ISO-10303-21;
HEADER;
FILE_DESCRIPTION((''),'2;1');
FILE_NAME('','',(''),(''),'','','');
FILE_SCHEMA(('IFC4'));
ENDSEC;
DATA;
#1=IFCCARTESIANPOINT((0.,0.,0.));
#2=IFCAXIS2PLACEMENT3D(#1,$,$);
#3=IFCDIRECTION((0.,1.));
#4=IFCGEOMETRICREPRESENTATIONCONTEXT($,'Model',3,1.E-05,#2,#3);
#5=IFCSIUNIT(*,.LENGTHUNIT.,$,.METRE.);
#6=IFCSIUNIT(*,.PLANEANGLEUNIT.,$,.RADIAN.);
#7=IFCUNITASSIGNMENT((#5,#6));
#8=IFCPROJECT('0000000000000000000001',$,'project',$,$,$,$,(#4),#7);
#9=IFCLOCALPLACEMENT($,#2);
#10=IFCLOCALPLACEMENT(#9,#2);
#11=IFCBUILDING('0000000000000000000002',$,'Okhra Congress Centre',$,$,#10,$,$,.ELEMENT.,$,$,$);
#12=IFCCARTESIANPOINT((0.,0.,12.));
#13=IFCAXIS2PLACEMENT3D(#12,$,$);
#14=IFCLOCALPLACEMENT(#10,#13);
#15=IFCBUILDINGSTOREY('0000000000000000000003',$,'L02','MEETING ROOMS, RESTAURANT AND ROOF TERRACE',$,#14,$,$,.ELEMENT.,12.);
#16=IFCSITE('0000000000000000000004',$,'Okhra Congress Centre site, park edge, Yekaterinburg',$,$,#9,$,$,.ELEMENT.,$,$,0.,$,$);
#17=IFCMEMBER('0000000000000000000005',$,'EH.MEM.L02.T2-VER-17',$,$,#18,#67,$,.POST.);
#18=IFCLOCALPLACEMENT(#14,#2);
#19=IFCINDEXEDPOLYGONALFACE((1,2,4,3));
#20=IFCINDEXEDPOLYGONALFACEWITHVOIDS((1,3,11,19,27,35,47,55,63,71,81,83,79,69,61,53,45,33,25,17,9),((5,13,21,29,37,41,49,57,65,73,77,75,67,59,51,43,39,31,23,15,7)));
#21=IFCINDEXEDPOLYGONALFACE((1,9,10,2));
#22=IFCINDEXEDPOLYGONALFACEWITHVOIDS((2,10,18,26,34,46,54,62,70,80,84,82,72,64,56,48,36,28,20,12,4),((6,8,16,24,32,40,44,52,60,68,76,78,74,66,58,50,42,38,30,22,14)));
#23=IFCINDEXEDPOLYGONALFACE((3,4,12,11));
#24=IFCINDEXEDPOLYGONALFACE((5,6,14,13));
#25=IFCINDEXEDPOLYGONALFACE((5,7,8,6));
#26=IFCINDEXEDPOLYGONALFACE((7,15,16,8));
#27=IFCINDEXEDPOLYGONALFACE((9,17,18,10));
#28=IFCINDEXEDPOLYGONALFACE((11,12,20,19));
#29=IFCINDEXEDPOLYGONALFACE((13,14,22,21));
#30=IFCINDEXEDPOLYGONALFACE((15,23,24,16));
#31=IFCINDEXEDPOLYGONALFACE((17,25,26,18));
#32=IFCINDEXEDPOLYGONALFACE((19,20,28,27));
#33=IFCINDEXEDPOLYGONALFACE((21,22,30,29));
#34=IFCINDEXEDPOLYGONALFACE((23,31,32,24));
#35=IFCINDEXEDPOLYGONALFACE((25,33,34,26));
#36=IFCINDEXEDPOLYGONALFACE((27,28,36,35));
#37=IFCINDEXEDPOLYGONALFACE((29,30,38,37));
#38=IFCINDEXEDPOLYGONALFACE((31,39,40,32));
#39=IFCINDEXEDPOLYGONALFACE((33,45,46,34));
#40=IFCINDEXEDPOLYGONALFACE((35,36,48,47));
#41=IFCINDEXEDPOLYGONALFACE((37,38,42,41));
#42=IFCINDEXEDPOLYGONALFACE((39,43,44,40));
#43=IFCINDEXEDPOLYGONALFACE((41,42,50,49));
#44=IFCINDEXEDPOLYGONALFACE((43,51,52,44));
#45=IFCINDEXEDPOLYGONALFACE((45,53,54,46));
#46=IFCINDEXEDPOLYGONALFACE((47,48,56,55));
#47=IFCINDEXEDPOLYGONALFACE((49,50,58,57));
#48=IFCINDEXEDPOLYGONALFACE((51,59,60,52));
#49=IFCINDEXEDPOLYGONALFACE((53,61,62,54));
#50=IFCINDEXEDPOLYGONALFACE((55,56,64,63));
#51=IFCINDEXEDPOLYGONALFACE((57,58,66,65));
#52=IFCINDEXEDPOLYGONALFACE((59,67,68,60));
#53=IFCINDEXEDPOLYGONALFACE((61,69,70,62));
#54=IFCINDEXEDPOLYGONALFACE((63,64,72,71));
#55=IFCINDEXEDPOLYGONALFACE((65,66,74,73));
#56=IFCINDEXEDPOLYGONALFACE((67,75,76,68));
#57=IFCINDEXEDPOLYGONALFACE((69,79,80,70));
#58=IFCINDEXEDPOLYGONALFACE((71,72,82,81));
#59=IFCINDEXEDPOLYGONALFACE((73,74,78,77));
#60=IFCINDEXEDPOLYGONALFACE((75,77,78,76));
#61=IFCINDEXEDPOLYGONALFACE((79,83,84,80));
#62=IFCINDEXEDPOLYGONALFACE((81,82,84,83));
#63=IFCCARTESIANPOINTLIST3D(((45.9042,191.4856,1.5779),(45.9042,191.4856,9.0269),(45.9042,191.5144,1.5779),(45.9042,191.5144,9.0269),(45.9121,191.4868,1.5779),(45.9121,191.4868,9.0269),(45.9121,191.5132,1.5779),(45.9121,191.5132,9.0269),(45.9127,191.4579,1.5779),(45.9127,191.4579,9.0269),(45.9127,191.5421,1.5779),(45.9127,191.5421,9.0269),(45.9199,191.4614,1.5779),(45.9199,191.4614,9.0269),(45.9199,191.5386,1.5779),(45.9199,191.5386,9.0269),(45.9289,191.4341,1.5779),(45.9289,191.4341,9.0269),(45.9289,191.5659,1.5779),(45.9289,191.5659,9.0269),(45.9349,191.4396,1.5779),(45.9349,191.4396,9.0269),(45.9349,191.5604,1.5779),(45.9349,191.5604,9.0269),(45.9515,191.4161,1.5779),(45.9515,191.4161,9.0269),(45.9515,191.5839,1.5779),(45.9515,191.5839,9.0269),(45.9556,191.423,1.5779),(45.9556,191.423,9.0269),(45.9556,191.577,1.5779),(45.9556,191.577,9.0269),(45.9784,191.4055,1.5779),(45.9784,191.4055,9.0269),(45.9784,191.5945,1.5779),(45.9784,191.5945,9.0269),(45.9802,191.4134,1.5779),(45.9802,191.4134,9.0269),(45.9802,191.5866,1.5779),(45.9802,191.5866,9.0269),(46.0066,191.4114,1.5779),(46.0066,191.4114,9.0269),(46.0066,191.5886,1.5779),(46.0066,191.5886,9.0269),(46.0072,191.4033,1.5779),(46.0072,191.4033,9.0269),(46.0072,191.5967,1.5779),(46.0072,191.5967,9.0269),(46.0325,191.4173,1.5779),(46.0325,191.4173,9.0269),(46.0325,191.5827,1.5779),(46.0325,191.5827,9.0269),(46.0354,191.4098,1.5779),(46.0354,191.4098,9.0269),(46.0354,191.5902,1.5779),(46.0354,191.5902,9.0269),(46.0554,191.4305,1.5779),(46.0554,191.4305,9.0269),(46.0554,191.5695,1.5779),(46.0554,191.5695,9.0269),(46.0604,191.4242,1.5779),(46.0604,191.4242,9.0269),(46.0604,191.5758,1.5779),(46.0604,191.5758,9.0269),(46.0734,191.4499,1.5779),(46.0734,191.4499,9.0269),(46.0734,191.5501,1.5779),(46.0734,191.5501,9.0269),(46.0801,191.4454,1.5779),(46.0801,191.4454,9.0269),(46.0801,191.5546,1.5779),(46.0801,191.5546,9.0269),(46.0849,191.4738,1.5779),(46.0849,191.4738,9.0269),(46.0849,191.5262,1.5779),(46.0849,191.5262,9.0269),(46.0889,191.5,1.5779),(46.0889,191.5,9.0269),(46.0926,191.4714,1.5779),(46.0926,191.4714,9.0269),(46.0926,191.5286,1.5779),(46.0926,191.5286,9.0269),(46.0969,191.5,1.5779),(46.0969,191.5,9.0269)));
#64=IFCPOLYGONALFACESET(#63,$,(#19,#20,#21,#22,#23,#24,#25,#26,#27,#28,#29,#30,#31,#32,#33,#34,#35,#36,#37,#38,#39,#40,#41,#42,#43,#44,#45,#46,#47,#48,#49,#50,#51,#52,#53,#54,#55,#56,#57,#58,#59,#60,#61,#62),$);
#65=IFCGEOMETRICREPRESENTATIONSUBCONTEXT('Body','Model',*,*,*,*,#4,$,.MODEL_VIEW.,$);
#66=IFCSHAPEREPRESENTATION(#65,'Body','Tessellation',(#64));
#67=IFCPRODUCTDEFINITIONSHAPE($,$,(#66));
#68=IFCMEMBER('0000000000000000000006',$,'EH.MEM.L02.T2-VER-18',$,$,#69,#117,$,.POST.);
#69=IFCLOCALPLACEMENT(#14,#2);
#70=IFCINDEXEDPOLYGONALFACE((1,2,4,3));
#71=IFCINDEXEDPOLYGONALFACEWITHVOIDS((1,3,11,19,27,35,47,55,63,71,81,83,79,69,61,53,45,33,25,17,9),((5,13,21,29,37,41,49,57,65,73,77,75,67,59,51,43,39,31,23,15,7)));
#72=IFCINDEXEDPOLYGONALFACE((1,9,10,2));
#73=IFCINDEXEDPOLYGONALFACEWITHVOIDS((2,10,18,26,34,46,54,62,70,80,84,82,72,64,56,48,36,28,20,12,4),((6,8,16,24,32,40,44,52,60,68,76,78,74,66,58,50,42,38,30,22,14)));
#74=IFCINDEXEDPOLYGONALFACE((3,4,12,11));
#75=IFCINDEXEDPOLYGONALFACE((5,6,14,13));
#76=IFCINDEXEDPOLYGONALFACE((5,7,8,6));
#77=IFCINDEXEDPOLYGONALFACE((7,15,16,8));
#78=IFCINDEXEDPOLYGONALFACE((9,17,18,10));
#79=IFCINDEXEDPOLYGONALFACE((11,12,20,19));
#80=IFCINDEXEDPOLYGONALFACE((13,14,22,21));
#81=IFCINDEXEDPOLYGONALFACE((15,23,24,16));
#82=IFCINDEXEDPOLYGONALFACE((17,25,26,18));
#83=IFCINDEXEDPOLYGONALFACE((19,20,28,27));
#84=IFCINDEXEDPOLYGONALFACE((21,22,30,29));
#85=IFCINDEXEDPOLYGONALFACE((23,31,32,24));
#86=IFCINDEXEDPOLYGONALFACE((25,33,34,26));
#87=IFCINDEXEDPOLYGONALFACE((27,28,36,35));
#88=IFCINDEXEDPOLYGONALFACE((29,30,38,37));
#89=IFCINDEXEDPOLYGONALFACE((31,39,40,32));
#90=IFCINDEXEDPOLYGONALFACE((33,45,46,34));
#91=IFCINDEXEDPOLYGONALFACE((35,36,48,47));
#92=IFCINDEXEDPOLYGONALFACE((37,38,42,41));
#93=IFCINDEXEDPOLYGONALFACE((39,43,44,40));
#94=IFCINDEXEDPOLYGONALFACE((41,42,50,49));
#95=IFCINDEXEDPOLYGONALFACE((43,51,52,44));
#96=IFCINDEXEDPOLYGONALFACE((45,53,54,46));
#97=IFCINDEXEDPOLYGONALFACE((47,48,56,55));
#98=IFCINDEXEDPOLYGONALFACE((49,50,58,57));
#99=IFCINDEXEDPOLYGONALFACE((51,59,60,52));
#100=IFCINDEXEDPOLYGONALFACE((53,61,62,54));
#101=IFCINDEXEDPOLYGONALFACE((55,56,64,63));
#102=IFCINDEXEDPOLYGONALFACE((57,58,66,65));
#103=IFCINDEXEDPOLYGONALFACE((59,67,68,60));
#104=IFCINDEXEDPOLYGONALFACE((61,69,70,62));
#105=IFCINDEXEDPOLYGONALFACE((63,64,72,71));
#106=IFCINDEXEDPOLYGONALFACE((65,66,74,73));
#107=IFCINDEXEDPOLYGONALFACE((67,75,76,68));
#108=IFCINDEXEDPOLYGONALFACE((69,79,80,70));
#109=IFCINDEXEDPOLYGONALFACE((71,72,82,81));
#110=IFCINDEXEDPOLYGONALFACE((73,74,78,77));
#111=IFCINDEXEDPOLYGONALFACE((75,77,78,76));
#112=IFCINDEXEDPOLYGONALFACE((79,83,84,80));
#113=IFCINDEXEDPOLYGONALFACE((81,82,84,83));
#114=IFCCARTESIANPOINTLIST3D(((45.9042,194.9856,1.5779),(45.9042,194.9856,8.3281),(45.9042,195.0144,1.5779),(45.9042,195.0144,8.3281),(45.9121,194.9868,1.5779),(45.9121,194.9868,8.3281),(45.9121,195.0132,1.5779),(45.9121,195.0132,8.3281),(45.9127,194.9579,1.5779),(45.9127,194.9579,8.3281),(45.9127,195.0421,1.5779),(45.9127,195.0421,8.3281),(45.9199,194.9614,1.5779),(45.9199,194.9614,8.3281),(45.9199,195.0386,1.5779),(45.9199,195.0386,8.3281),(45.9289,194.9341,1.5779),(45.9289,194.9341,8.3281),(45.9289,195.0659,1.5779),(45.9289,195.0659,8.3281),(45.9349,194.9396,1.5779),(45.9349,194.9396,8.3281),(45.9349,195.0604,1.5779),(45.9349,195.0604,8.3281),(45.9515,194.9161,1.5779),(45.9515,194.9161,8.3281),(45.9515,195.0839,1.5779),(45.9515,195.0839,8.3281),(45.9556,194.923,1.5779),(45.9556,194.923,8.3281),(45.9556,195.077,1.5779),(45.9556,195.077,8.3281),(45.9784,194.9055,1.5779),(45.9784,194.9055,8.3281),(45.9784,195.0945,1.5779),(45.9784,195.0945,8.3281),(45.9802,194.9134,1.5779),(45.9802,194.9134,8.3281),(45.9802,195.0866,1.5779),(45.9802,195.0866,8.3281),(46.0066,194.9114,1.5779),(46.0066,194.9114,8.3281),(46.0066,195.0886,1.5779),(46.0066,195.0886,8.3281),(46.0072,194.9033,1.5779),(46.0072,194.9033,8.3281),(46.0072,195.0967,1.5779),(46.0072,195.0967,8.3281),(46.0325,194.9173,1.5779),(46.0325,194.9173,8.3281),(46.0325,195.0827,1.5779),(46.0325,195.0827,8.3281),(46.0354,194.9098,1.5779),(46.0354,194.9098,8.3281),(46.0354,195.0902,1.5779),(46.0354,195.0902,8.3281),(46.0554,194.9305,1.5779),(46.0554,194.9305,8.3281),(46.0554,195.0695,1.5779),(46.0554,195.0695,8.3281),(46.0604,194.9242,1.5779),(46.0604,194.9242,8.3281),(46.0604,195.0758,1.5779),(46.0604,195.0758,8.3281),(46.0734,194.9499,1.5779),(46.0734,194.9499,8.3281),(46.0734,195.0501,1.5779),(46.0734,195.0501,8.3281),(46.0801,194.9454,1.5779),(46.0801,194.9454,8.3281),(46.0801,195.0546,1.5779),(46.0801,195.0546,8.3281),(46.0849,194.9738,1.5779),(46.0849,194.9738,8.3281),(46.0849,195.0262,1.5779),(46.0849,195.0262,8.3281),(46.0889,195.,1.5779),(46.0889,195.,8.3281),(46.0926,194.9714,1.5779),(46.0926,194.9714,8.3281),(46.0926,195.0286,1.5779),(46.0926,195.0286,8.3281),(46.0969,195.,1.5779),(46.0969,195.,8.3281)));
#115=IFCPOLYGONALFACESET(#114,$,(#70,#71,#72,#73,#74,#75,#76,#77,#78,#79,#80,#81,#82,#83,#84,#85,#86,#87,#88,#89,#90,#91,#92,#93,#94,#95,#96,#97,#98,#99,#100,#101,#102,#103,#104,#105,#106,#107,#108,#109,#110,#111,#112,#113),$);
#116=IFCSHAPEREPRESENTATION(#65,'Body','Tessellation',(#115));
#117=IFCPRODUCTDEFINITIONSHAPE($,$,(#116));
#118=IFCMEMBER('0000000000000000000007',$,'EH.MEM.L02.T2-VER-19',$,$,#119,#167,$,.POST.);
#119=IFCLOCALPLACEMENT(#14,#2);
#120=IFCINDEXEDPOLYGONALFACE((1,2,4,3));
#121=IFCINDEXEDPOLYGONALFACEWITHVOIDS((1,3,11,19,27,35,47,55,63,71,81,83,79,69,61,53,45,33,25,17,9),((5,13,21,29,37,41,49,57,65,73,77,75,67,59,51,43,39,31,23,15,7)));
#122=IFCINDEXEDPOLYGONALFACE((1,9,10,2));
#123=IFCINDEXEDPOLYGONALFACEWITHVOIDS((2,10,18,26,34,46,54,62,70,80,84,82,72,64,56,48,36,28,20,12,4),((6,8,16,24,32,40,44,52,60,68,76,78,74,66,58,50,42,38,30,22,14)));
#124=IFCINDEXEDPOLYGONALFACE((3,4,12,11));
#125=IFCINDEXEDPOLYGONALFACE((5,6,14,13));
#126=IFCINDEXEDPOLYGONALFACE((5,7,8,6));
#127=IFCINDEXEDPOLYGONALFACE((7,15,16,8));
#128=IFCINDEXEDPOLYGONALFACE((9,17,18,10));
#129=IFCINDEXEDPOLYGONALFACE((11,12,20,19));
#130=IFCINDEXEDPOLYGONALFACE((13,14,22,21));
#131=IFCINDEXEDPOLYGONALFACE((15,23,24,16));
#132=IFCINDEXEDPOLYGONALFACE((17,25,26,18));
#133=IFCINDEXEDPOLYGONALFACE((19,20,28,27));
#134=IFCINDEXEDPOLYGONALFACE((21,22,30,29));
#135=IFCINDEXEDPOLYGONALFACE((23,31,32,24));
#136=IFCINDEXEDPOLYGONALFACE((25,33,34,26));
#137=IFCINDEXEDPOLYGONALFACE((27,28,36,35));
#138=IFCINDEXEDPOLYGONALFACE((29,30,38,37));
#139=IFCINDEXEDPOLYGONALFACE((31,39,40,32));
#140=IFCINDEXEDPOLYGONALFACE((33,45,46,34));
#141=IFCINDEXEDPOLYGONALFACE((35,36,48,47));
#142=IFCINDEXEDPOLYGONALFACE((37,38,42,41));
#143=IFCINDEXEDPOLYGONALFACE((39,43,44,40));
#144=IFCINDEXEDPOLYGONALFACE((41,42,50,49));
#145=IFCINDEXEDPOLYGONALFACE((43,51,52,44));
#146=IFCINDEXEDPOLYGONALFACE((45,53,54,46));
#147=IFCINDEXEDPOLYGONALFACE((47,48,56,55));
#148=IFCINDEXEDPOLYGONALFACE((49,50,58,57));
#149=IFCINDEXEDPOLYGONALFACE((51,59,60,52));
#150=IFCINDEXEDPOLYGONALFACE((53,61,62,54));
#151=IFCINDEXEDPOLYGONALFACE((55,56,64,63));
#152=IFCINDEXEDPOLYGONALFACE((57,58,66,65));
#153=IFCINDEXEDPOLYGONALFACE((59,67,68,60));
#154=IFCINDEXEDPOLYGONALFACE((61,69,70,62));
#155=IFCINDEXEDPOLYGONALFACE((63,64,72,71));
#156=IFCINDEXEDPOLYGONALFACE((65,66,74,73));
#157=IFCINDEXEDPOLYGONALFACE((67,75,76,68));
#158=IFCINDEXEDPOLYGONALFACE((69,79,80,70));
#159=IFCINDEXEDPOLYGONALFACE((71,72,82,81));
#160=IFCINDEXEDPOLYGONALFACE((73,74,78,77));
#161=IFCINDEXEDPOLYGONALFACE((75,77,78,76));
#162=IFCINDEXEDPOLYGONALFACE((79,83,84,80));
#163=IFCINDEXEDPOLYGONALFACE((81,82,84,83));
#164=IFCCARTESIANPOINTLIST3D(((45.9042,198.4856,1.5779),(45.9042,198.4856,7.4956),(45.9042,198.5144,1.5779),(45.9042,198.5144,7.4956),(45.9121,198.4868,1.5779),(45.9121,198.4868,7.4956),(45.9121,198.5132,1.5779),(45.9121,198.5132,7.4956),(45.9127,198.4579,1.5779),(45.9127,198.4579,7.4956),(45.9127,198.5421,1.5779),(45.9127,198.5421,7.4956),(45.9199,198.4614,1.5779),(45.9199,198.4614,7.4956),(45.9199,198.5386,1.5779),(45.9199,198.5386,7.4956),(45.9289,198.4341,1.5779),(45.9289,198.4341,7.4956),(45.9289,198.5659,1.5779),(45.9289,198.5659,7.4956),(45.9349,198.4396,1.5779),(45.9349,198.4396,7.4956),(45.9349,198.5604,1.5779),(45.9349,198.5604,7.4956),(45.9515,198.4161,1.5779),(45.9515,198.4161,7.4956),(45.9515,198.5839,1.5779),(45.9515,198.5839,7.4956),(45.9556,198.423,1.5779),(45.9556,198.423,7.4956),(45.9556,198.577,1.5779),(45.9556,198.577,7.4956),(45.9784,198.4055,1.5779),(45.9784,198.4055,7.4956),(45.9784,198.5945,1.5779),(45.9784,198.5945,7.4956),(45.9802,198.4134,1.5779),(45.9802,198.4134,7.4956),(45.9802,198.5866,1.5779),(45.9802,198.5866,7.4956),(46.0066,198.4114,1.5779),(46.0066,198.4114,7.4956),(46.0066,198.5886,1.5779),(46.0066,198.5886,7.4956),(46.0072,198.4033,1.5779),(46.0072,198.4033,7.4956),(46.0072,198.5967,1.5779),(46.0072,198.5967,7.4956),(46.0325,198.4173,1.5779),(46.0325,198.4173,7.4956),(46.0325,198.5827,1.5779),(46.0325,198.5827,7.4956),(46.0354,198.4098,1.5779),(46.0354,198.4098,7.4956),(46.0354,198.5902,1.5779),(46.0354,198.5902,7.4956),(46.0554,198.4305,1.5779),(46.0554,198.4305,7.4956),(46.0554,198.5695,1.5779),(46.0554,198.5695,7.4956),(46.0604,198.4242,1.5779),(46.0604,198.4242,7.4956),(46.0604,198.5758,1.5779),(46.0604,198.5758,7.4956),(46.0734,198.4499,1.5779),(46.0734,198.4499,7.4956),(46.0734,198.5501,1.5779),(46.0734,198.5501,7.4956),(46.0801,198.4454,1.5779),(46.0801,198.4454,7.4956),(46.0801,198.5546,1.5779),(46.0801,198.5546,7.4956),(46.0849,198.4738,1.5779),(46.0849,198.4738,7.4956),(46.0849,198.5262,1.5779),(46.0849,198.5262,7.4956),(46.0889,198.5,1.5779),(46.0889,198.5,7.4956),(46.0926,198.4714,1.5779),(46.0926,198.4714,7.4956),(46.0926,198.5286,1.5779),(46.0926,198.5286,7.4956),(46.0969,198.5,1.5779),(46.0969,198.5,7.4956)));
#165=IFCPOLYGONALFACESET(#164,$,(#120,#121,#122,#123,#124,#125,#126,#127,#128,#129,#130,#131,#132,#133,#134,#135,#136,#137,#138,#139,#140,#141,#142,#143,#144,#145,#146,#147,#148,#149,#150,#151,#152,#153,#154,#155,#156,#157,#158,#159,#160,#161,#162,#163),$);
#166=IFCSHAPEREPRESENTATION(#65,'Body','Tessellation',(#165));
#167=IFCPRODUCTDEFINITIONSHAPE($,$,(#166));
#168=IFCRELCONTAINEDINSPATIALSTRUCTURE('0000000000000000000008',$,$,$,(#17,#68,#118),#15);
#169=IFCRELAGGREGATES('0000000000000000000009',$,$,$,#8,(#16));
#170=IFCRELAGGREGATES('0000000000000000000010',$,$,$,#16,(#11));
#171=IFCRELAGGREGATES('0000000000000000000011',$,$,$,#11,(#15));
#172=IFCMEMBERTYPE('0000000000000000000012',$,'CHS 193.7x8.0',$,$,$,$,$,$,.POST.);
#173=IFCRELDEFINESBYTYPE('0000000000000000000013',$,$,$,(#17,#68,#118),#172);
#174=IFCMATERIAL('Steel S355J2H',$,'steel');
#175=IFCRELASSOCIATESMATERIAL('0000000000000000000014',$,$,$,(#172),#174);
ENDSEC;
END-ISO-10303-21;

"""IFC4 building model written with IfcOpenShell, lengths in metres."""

from ifc_helpers import new_model, si_unit, direction, frame, origin, origin_2d, place, context, subcontext, project, spatial, hollow_circle, extrude, material, material_profile, profile_set, type_object, element, save


model = new_model("IFC4")

# Units and contexts
model_context = context("Model", 3, precision=1e-05, world=origin(), true_north=direction((0.0, 1.0)))
body_context = subcontext(model_context, "Body", "Model", "MODEL_VIEW")
ifc_project = project(units=[si_unit("LENGTHUNIT", "METRE"), si_unit("PLANEANGLEUNIT", "RADIAN")], contexts=[model_context])

# Site, building, storey
site_placement = place(None, origin())
site = spatial("IfcSite", under=ifc_project, at=site_placement, Name="Okhra Congress Centre site, park edge, Yekaterinburg", CompositionType="ELEMENT", RefElevation=0.0)
building_placement = place(site_placement, origin())
building = spatial("IfcBuilding", under=site, at=building_placement, Name="Okhra Congress Centre", CompositionType="ELEMENT")
storey_placement = place(building_placement, frame((0.0, 0.0, 12.0)))
storey = spatial("IfcBuildingStorey", under=building, at=storey_placement, Name="L02", Description="MEETING ROOMS, RESTAURANT AND ROOF TERRACE", CompositionType="ELEMENT", Elevation=12.0)

# Members
ifc_material_1 = material(Name="Steel S355J2H", Category="steel")
ifc_material_profile_1 = material_profile(ifc_material_1, hollow_circle(Radius=0.0969, WallThickness=0.0081, at=origin_2d()), Name="CHS 193.7x8.0")
ifc_profile_set_1 = profile_set([ifc_material_profile_1], Name="Steel S355J2H")
member_type_1 = type_object("IfcMemberType", Name="CHS 193.7x8.0", PredefinedType="POST", material=ifc_profile_set_1)
member_1_placement = place(storey_placement, frame((46.0, 191.5, 1.5779), z_axis=(0.0, 0.0, 1.0), x_axis=(1.0, 0.0, 0.0)))
element("IfcMember", 1, at=member_1_placement, inside=storey, type_object=member_type_1, Name="EH.MEM.L02.T2-VER-17", PredefinedType="POST", context=body_context, shape_type="SweptSolid", body=[
    extrude(hollow_circle(Radius=0.0969, WallThickness=0.0081, at=origin_2d()), origin(), (0.0, 0.0, 1.0), 7.449),
])
member_2_placement = place(storey_placement, frame((46.0, 195.0, 1.5779), z_axis=(0.0, 0.0, 1.0), x_axis=(1.0, 0.0, 0.0)))
element("IfcMember", 2, at=member_2_placement, inside=storey, type_object=member_type_1, Name="EH.MEM.L02.T2-VER-18", PredefinedType="POST", context=body_context, shape_type="SweptSolid", body=[
    extrude(hollow_circle(Radius=0.0969, WallThickness=0.0081, at=origin_2d()), origin(), (0.0, 0.0, 1.0), 6.7502),
])
member_3_placement = place(storey_placement, frame((46.0, 198.5, 1.5779), z_axis=(0.0, 0.0, 1.0), x_axis=(1.0, 0.0, 0.0)))
element("IfcMember", 3, at=member_3_placement, inside=storey, type_object=member_type_1, Name="EH.MEM.L02.T2-VER-19", PredefinedType="POST", context=body_context, shape_type="SweptSolid", body=[
    extrude(hollow_circle(Radius=0.0969, WallThickness=0.0081, at=origin_2d()), origin(), (0.0, 0.0, 1.0), 5.9177),
])

save(model, "model.ifc")
